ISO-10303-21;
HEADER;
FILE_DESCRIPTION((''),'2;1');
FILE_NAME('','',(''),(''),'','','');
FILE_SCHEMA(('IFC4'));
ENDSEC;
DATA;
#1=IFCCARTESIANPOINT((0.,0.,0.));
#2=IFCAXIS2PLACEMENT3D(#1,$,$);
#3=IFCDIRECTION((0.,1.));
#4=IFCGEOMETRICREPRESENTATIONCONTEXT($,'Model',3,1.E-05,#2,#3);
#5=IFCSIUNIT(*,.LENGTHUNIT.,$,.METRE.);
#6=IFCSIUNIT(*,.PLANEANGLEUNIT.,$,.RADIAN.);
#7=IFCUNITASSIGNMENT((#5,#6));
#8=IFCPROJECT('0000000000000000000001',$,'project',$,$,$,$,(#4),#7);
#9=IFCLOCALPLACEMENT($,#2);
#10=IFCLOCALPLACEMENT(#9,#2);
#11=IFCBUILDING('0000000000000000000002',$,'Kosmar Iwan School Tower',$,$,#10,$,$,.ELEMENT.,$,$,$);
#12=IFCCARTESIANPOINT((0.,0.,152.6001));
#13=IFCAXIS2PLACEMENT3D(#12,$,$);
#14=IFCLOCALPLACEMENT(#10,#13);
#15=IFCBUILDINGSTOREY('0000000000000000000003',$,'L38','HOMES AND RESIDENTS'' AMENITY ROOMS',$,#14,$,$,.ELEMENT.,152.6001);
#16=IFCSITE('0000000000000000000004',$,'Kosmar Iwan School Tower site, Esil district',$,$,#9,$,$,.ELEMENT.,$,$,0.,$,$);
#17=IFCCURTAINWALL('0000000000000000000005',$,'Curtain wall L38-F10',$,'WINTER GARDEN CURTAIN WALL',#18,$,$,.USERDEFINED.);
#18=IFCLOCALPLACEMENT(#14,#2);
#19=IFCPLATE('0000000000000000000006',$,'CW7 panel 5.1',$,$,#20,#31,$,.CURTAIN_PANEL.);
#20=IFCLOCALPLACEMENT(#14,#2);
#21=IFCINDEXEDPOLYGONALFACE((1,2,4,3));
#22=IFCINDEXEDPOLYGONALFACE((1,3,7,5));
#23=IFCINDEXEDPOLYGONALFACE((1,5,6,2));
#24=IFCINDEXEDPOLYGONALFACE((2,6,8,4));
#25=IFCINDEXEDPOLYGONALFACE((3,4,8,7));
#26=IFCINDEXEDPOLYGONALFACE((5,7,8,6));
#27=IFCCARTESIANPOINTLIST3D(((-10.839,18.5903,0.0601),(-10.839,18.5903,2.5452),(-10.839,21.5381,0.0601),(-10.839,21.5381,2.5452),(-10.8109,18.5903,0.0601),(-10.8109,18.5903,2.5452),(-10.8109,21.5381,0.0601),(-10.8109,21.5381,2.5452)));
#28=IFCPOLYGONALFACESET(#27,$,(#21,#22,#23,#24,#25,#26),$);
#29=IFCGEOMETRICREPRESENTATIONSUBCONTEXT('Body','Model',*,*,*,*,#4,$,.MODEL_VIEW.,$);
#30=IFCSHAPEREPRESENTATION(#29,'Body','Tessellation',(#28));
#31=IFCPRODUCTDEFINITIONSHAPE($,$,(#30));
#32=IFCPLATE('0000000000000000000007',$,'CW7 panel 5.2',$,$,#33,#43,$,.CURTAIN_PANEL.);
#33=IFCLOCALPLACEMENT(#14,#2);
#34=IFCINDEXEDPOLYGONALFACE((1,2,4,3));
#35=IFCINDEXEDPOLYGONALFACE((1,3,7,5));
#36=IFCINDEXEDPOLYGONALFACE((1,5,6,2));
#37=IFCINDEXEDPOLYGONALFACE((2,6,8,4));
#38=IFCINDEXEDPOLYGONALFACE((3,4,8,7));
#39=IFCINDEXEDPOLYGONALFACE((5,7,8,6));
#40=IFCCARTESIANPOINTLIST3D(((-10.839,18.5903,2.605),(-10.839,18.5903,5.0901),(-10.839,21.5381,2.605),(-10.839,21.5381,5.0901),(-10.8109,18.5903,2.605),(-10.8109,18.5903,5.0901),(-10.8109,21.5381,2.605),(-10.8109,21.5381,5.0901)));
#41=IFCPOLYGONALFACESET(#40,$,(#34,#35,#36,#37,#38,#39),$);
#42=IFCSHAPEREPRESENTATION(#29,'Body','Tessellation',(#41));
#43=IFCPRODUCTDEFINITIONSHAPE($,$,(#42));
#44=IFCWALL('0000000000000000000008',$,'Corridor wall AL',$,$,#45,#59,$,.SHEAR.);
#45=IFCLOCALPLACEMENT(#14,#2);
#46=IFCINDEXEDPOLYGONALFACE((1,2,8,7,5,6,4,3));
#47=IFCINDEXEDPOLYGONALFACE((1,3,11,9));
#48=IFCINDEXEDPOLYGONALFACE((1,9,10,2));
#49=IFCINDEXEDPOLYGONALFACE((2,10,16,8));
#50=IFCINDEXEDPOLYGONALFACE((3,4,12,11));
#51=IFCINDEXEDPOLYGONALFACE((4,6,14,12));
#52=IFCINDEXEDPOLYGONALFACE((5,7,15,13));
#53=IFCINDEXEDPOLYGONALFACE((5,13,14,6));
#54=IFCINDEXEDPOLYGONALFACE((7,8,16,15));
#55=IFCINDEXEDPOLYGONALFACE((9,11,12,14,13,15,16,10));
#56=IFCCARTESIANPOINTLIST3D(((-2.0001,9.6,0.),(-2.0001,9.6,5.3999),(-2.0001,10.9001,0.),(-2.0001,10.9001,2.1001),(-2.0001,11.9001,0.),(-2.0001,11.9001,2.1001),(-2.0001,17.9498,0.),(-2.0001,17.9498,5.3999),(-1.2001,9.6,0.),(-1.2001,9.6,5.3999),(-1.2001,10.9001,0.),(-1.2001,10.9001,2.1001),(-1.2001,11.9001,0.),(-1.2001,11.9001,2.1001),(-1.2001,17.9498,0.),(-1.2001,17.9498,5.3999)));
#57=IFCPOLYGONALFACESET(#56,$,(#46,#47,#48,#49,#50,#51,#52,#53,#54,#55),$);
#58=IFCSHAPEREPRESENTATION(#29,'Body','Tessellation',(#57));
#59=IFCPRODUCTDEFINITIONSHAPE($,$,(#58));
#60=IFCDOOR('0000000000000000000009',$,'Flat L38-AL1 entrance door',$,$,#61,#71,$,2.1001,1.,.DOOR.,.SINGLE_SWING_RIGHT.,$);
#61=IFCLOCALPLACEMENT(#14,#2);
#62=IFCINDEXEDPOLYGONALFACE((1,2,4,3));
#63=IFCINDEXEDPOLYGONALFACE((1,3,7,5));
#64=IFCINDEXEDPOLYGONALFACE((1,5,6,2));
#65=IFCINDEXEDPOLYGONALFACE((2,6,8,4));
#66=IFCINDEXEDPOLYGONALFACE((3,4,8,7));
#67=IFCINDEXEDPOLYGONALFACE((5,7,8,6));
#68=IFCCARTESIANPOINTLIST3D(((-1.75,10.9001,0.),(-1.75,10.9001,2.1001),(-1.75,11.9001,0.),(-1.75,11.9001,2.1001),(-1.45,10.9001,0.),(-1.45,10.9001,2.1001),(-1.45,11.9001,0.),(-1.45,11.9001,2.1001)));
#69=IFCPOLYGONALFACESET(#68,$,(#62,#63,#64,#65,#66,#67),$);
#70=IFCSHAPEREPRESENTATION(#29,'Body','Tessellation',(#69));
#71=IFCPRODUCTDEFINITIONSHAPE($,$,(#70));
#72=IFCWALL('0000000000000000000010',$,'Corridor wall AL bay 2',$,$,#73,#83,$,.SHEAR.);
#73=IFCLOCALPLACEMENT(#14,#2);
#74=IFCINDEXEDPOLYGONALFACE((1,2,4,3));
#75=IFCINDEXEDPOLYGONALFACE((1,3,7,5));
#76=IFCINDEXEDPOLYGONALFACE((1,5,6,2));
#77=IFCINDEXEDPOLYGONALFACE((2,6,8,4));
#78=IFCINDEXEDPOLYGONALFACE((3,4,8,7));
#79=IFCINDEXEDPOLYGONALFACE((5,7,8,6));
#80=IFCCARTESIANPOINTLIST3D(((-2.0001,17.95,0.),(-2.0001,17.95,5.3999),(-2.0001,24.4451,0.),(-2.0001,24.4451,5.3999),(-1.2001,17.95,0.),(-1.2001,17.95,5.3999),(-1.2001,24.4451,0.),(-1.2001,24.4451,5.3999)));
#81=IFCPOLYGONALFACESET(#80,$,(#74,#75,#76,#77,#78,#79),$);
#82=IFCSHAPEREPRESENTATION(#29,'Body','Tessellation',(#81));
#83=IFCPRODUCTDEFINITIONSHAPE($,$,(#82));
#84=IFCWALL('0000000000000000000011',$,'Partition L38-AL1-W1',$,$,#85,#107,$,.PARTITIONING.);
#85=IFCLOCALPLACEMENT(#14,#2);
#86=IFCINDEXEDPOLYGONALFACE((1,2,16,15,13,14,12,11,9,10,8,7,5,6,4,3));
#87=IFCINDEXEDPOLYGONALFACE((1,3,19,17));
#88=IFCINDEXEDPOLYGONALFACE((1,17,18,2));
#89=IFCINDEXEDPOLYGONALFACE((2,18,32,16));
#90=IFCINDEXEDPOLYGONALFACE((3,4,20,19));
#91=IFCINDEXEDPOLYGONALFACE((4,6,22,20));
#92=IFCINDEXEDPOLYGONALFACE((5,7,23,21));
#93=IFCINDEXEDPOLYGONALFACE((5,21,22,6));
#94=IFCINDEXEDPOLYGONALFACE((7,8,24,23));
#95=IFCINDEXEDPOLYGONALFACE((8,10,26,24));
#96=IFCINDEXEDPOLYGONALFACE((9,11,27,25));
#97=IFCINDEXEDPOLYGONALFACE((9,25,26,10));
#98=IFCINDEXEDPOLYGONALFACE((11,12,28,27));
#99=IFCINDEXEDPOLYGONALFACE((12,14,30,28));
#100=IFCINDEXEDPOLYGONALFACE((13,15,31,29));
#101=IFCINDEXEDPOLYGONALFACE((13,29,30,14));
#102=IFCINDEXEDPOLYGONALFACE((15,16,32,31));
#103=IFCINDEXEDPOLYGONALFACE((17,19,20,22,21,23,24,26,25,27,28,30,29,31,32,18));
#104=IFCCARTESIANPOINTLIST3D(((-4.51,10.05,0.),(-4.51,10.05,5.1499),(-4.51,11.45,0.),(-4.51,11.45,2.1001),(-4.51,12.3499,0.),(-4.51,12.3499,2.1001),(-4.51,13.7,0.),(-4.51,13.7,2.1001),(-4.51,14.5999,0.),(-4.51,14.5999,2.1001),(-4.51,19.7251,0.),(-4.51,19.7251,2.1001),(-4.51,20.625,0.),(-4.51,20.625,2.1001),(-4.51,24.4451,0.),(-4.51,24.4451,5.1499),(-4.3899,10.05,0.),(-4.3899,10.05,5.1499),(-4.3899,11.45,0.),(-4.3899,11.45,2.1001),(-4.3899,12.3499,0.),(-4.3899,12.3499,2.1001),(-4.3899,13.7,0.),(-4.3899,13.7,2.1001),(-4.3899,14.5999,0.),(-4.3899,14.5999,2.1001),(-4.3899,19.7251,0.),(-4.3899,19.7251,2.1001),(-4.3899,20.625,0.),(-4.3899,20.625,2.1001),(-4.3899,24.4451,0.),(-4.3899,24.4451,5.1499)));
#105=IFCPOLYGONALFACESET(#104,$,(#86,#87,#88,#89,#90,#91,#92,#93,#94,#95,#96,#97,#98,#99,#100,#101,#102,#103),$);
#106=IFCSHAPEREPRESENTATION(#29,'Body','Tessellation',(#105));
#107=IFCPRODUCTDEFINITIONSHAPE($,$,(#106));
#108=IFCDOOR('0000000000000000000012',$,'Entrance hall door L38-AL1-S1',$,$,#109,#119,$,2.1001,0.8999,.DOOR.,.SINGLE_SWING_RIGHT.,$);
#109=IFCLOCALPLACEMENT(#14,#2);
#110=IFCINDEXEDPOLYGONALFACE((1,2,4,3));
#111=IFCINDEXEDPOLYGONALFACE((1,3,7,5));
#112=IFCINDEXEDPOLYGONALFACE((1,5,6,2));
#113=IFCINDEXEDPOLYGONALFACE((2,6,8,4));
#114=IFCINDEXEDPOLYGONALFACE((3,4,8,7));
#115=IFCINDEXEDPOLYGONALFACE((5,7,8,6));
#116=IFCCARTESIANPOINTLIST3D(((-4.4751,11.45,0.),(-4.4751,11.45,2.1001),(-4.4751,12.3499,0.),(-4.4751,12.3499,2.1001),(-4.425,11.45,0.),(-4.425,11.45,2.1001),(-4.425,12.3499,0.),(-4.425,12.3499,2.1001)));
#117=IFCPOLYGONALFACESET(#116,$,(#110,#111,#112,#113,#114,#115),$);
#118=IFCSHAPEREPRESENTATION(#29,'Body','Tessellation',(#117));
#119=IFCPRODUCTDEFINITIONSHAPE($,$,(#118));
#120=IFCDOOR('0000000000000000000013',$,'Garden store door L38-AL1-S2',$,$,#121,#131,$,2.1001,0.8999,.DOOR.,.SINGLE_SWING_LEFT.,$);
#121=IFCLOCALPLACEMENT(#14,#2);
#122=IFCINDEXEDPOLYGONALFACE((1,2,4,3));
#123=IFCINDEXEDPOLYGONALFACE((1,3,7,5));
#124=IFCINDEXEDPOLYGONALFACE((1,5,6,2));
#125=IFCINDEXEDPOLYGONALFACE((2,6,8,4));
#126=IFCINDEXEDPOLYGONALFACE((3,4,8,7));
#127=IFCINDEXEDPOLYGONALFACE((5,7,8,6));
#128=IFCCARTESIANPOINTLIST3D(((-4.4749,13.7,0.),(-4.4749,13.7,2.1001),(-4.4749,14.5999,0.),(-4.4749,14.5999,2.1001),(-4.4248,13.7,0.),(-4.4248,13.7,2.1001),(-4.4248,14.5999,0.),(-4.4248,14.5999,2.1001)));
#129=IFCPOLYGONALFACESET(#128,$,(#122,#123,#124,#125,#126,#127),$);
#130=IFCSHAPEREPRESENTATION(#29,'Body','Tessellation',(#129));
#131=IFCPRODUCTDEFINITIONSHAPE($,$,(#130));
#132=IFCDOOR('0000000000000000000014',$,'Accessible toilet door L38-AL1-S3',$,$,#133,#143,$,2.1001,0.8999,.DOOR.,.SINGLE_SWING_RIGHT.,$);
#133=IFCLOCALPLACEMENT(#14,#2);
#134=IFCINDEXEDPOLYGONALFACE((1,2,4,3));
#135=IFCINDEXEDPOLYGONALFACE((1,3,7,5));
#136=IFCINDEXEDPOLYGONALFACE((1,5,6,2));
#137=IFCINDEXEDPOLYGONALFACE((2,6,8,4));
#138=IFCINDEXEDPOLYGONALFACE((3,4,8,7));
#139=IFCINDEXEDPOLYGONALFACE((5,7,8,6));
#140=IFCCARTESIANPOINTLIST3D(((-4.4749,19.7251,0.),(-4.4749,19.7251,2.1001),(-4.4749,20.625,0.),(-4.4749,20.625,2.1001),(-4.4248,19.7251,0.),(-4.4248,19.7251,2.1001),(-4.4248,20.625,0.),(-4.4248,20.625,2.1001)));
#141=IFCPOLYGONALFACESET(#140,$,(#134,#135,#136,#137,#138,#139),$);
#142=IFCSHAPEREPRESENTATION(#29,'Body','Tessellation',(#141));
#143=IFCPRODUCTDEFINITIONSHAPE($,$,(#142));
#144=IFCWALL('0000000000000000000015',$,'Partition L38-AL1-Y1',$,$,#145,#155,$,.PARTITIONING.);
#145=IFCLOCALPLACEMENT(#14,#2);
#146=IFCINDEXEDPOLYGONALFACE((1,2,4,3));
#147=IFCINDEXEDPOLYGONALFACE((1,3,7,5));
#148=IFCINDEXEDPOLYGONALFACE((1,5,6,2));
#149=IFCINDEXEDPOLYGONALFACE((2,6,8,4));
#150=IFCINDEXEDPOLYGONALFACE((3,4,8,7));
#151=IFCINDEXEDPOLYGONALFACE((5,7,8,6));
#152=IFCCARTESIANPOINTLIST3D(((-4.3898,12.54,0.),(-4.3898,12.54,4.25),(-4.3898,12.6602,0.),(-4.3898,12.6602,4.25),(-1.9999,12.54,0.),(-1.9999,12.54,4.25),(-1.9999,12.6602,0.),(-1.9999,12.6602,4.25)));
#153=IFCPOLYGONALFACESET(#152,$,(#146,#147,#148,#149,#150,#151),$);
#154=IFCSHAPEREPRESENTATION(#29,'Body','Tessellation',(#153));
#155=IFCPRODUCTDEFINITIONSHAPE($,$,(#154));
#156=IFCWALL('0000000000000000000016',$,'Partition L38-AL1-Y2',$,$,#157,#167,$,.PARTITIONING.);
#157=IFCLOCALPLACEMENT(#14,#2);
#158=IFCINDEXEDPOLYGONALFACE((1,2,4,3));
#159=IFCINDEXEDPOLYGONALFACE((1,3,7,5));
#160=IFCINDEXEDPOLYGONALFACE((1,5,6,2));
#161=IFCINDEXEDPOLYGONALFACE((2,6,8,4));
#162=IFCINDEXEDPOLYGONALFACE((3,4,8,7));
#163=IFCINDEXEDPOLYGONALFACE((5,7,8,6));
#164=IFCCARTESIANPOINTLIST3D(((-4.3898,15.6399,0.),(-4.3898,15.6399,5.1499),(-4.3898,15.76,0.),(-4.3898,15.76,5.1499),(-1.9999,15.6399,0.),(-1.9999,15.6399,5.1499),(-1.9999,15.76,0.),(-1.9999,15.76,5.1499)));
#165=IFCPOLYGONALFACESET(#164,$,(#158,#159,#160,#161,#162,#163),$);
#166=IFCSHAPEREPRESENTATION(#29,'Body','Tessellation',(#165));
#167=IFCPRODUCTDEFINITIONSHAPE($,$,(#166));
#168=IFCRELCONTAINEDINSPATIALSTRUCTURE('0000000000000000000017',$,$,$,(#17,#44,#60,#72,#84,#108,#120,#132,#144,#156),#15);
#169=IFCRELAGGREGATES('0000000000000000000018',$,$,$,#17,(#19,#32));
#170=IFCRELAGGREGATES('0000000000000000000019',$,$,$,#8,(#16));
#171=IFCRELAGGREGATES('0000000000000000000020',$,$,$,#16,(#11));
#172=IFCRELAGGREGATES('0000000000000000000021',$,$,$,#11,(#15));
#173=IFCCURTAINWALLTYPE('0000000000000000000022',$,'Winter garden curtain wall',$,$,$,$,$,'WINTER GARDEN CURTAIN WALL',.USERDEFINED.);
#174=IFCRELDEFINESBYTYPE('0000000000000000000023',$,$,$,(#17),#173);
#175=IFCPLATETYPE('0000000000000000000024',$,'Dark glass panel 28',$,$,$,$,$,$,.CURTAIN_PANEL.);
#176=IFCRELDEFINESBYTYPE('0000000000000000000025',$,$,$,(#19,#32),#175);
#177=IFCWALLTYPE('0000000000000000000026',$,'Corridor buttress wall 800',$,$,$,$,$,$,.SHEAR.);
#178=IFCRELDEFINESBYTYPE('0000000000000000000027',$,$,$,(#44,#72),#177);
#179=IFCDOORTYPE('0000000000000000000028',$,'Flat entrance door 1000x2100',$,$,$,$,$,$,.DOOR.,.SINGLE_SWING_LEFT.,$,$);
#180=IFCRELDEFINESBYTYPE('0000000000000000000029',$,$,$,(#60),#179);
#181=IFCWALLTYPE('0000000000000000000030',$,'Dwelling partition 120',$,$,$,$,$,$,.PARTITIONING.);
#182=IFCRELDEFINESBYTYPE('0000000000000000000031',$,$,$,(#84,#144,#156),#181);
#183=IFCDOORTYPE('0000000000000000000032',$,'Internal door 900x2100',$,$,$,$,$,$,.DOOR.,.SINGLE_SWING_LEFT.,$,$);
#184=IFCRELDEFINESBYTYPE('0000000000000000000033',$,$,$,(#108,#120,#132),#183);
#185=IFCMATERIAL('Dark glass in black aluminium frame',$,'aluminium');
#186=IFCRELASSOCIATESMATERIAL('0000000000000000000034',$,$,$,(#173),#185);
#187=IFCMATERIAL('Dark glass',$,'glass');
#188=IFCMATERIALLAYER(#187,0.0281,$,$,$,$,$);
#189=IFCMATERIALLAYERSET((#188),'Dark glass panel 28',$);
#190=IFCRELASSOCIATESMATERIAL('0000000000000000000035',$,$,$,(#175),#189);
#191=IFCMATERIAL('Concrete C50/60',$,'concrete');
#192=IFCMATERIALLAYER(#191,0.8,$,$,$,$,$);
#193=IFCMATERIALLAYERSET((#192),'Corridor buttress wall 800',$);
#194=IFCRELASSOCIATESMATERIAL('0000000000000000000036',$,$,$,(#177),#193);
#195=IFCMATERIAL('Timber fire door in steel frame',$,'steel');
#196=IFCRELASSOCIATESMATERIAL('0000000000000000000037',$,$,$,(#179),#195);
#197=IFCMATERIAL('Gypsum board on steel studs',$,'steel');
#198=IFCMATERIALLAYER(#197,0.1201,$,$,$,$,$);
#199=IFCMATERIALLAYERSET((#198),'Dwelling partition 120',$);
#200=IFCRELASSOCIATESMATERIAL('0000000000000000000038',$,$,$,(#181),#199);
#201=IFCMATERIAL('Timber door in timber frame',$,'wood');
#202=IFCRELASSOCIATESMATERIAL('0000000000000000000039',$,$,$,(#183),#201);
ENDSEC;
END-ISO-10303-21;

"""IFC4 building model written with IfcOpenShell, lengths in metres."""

from ifc_helpers import new_model, si_unit, direction, frame, frame_2d, origin, origin_2d, place, context, subcontext, project, spatial, rectangle, extrude, material, layer, layer_set, type_object, element, fill, aggregate, save


model = new_model("IFC4")

# Units and contexts
model_context = context("Model", 3, precision=1e-05, world=origin(), true_north=direction((0.0, 1.0)))
body_context = subcontext(model_context, "Body", "Model", "MODEL_VIEW")
ifc_project = project(units=[si_unit("LENGTHUNIT", "METRE"), si_unit("PLANEANGLEUNIT", "RADIAN")], contexts=[model_context])

# Site, building, storey
site_placement = place(None, origin())
site = spatial("IfcSite", under=ifc_project, at=site_placement, Name="Kosmar Iwan School Tower site, Esil district", CompositionType="ELEMENT", RefElevation=0.0)
building_placement = place(site_placement, origin())
building = spatial("IfcBuilding", under=site, at=building_placement, Name="Kosmar Iwan School Tower", CompositionType="ELEMENT")
storey_placement = place(building_placement, frame((0.0, 0.0, 152.6001)))
storey = spatial("IfcBuildingStorey", under=building, at=storey_placement, Name="L38", Description="HOMES AND RESIDENTS' AMENITY ROOMS", CompositionType="ELEMENT", Elevation=152.6001)

# Curtain wall
ifc_material_1 = material(Name="Dark glass in black aluminium frame", Category="aluminium")
curtain_wall_type_1 = type_object("IfcCurtainWallType", Name="Winter garden curtain wall", ElementType="WINTER GARDEN CURTAIN WALL", PredefinedType="USERDEFINED", material=ifc_material_1)
curtain_wall_1_placement = place(storey_placement, origin())
curtain_wall_1 = element("IfcCurtainWall", 1, at=curtain_wall_1_placement, inside=storey, type_object=curtain_wall_type_1, Name="Curtain wall L38-F10", ObjectType="WINTER GARDEN CURTAIN WALL", PredefinedType="USERDEFINED")

# Plates
ifc_material_2 = material(Name="Dark glass", Category="glass")
ifc_layer_1 = layer(ifc_material_2, 0.0281)
ifc_layer_set_1 = layer_set([ifc_layer_1], Name="Dark glass panel 28")
plate_type = type_object("IfcPlateType", Name="Dark glass panel 28", PredefinedType="CURTAIN_PANEL", material=ifc_layer_set_1)
plate_1_placement = place(storey_placement, frame((-10.825, 20.0642, 0.0601), z_axis=(0.0, 0.0, 1.0), x_axis=(0.0, 1.0, 0.0)))
plate_1 = element("IfcPlate", 2, at=plate_1_placement, type_object=plate_type, Name="CW7 panel 5.1", PredefinedType="CURTAIN_PANEL", context=body_context, shape_type="SweptSolid", body=[
    extrude(rectangle(XDim=2.9478, YDim=0.0281, at=origin_2d()), origin(), (0.0, 0.0, 1.0), 2.4851),
])
plate_2_placement = place(storey_placement, frame((-10.825, 20.0642, 2.605), z_axis=(0.0, 0.0, 1.0), x_axis=(0.0, 1.0, 0.0)))
plate_2 = element("IfcPlate", 3, at=plate_2_placement, type_object=plate_type, Name="CW7 panel 5.2", PredefinedType="CURTAIN_PANEL", context=body_context, shape_type="SweptSolid", body=[
    extrude(rectangle(XDim=2.9478, YDim=0.0281, at=origin_2d()), origin(), (0.0, 0.0, 1.0), 2.4851),
])
aggregate(curtain_wall_1, [plate_1, plate_2])

# Wall, opening, door
ifc_material_3 = material(Name="Concrete C50/60", Category="concrete")
ifc_layer_2 = layer(ifc_material_3, 0.8)
ifc_layer_set_2 = layer_set([ifc_layer_2], Name="Corridor buttress wall 800")
wall_type_1 = type_object("IfcWallType", Name="Corridor buttress wall 800", PredefinedType="SHEAR", material=ifc_layer_set_2)
wall_1_placement = place(storey_placement, frame((-1.6001, 9.6001, 0.0), z_axis=(0.0, 0.0, 1.0), x_axis=(0.0, 1.0, 0.0)))
wall_1 = element("IfcWall", 4, at=wall_1_placement, inside=storey, type_object=wall_type_1, Name="Corridor wall AL", PredefinedType="SHEAR", context=body_context, shape_type="SweptSolid", body=[
    extrude(rectangle(XDim=8.3499, YDim=0.8, at=frame_2d((4.1748, 0.0))), origin(), (0.0, 0.0, 1.0), 5.3999),
])
opening_1_placement = place(wall_1_placement, frame((1.3, 0.0, 0.0)))
opening_1 = element("IfcOpeningElement", 5, at=opening_1_placement, cuts=wall_1, PredefinedType="OPENING", context=body_context, shape_type="SweptSolid", body=[
    extrude(rectangle(XDim=1.0, YDim=2.1001, at=frame_2d((0.5, 1.05))), frame((0.0, 0.4121, 0.0), z_axis=(0.0, -1.0, 0.0), x_axis=(1.0, 0.0, 0.0)), (0.0, 0.0, 1.0), 0.824),
])
ifc_material_4 = material(Name="Timber fire door in steel frame", Category="steel")
door_type_1 = type_object("IfcDoorType", Name="Flat entrance door 1000x2100", OperationType="SINGLE_SWING_LEFT", PredefinedType="DOOR", material=ifc_material_4)
door_1_placement = place(opening_1_placement, origin())
door_1 = element("IfcDoor", 6, at=door_1_placement, inside=storey, type_object=door_type_1, Name="Flat L38-AL1 entrance door", OperationType="SINGLE_SWING_RIGHT", OverallHeight=2.1001, OverallWidth=1.0, PredefinedType="DOOR", context=body_context, shape_type="SweptSolid", body=[
    extrude(rectangle(XDim=1.0, YDim=2.1001, at=frame_2d((0.5, 1.05))), frame((0.0, 0.1499, 0.0), z_axis=(0.0, -1.0, 0.0), x_axis=(1.0, 0.0, 0.0)), (0.0, 0.0, 1.0), 0.3),
])
fill(opening_1, door_1)

# Wall
wall_2_placement = place(storey_placement, frame((-1.6001, 17.95, 0.0), z_axis=(0.0, 0.0, 1.0), x_axis=(0.0, 1.0, 0.0)))
element("IfcWall", 7, at=wall_2_placement, inside=storey, type_object=wall_type_1, Name="Corridor wall AL bay 2", PredefinedType="SHEAR", context=body_context, shape_type="SweptSolid", body=[
    extrude(rectangle(XDim=6.4951, YDim=0.8, at=frame_2d((3.2476, 0.0))), origin(), (0.0, 0.0, 1.0), 5.3999),
])

# Wall, openings, doors
ifc_material_5 = material(Name="Gypsum board on steel studs", Category="steel")
ifc_layer_3 = layer(ifc_material_5, 0.1201)
ifc_layer_set_3 = layer_set([ifc_layer_3], Name="Dwelling partition 120")
wall_type_2 = type_object("IfcWallType", Name="Dwelling partition 120", PredefinedType="PARTITIONING", material=ifc_layer_set_3)
wall_3_placement = place(storey_placement, frame((-4.45, 10.05, 0.0), z_axis=(0.0, 0.0, 1.0), x_axis=(0.0, 1.0, 0.0)))
wall_3 = element("IfcWall", 8, at=wall_3_placement, inside=storey, type_object=wall_type_2, Name="Partition L38-AL1-W1", PredefinedType="PARTITIONING", context=body_context, shape_type="SweptSolid", body=[
    extrude(rectangle(XDim=14.395, YDim=0.1201, at=frame_2d((7.1975, 0.0))), origin(), (0.0, 0.0, 1.0), 5.1499),
])
opening_2_placement = place(wall_3_placement, frame((1.3999, 0.0, 0.0)))
opening_2 = element("IfcOpeningElement", 9, at=opening_2_placement, cuts=wall_3, PredefinedType="OPENING", context=body_context, shape_type="SweptSolid", body=[
    extrude(rectangle(XDim=0.8999, YDim=2.1001, at=frame_2d((0.45, 1.05))), frame((0.0, 0.072, 0.0), z_axis=(0.0, -1.0, 0.0), x_axis=(1.0, 0.0, 0.0)), (0.0, 0.0, 1.0), 0.144),
])
opening_3_placement = place(wall_3_placement, frame((3.6499, 0.0, 0.0)))
opening_3 = element("IfcOpeningElement", 10, at=opening_3_placement, cuts=wall_3, PredefinedType="OPENING", context=body_context, shape_type="SweptSolid", body=[
    extrude(rectangle(XDim=0.8999, YDim=2.1001, at=frame_2d((0.45, 1.05))), frame((0.0, 0.072, 0.0), z_axis=(0.0, -1.0, 0.0), x_axis=(1.0, 0.0, 0.0)), (0.0, 0.0, 1.0), 0.144),
])
opening_4_placement = place(wall_3_placement, frame((9.675, 0.0, 0.0)))
opening_4 = element("IfcOpeningElement", 11, at=opening_4_placement, cuts=wall_3, PredefinedType="OPENING", context=body_context, shape_type="SweptSolid", body=[
    extrude(rectangle(XDim=0.8999, YDim=2.1001, at=frame_2d((0.45, 1.05))), frame((0.0, 0.072, 0.0), z_axis=(0.0, -1.0, 0.0), x_axis=(1.0, 0.0, 0.0)), (0.0, 0.0, 1.0), 0.144),
])
ifc_material_6 = material(Name="Timber door in timber frame", Category="wood")
door_type_2 = type_object("IfcDoorType", Name="Internal door 900x2100", OperationType="SINGLE_SWING_LEFT", PredefinedType="DOOR", material=ifc_material_6)
door_2_placement = place(opening_2_placement, frame((0.8999, 0.0, 0.0), z_axis=(0.0, 0.0, 1.0), x_axis=(-1.0, 0.0, 0.0)))
door_2 = element("IfcDoor", 12, at=door_2_placement, inside=storey, type_object=door_type_2, Name="Entrance hall door L38-AL1-S1", OperationType="SINGLE_SWING_RIGHT", OverallHeight=2.1001, OverallWidth=0.8999, PredefinedType="DOOR", context=body_context, shape_type="SweptSolid", body=[
    extrude(rectangle(XDim=0.8999, YDim=2.1001, at=frame_2d((0.45, 1.05))), frame((0.0, 0.0249, 0.0), z_axis=(0.0, -1.0, 0.0), x_axis=(1.0, 0.0, 0.0)), (0.0, 0.0, 1.0), 0.05),
])
fill(opening_2, door_2)
door_3_placement = place(opening_3_placement, origin())
door_3 = element("IfcDoor", 13, at=door_3_placement, inside=storey, type_object=door_type_2, Name="Garden store door L38-AL1-S2", OperationType="SINGLE_SWING_LEFT", OverallHeight=2.1001, OverallWidth=0.8999, PredefinedType="DOOR", context=body_context, shape_type="SweptSolid", body=[
    extrude(rectangle(XDim=0.8999, YDim=2.1001, at=frame_2d((0.45, 1.05))), frame((0.0, 0.0249, 0.0), z_axis=(0.0, -1.0, 0.0), x_axis=(1.0, 0.0, 0.0)), (0.0, 0.0, 1.0), 0.05),
])
fill(opening_3, door_3)
door_4_placement = place(opening_4_placement, origin())
door_4 = element("IfcDoor", 14, at=door_4_placement, inside=storey, type_object=door_type_2, Name="Accessible toilet door L38-AL1-S3", OperationType="SINGLE_SWING_RIGHT", OverallHeight=2.1001, OverallWidth=0.8999, PredefinedType="DOOR", context=body_context, shape_type="SweptSolid", body=[
    extrude(rectangle(XDim=0.8999, YDim=2.1001, at=frame_2d((0.45, 1.05))), frame((0.0, 0.0249, 0.0), z_axis=(0.0, -1.0, 0.0), x_axis=(1.0, 0.0, 0.0)), (0.0, 0.0, 1.0), 0.05),
])
fill(opening_4, door_4)

# Walls
wall_4_placement = place(storey_placement, frame((-2.0, 12.6001, 0.0), z_axis=(0.0, 0.0, 1.0), x_axis=(-1.0, 0.0, 0.0)))
element("IfcWall", 15, at=wall_4_placement, inside=storey, type_object=wall_type_2, Name="Partition L38-AL1-Y1", PredefinedType="PARTITIONING", context=body_context, shape_type="SweptSolid", body=[
    extrude(rectangle(XDim=2.3899, YDim=0.1201, at=frame_2d((1.1948, 0.0))), origin(), (0.0, 0.0, 1.0), 4.25),
])
wall_5_placement = place(storey_placement, frame((-2.0, 15.7, 0.0), z_axis=(0.0, 0.0, 1.0), x_axis=(-1.0, 0.0, 0.0)))
element("IfcWall", 16, at=wall_5_placement, inside=storey, type_object=wall_type_2, Name="Partition L38-AL1-Y2", PredefinedType="PARTITIONING", context=body_context, shape_type="SweptSolid", body=[
    extrude(rectangle(XDim=2.3899, YDim=0.1201, at=frame_2d((1.1948, 0.0))), origin(), (0.0, 0.0, 1.0), 5.1499),
])

save(model, "model.ifc")
